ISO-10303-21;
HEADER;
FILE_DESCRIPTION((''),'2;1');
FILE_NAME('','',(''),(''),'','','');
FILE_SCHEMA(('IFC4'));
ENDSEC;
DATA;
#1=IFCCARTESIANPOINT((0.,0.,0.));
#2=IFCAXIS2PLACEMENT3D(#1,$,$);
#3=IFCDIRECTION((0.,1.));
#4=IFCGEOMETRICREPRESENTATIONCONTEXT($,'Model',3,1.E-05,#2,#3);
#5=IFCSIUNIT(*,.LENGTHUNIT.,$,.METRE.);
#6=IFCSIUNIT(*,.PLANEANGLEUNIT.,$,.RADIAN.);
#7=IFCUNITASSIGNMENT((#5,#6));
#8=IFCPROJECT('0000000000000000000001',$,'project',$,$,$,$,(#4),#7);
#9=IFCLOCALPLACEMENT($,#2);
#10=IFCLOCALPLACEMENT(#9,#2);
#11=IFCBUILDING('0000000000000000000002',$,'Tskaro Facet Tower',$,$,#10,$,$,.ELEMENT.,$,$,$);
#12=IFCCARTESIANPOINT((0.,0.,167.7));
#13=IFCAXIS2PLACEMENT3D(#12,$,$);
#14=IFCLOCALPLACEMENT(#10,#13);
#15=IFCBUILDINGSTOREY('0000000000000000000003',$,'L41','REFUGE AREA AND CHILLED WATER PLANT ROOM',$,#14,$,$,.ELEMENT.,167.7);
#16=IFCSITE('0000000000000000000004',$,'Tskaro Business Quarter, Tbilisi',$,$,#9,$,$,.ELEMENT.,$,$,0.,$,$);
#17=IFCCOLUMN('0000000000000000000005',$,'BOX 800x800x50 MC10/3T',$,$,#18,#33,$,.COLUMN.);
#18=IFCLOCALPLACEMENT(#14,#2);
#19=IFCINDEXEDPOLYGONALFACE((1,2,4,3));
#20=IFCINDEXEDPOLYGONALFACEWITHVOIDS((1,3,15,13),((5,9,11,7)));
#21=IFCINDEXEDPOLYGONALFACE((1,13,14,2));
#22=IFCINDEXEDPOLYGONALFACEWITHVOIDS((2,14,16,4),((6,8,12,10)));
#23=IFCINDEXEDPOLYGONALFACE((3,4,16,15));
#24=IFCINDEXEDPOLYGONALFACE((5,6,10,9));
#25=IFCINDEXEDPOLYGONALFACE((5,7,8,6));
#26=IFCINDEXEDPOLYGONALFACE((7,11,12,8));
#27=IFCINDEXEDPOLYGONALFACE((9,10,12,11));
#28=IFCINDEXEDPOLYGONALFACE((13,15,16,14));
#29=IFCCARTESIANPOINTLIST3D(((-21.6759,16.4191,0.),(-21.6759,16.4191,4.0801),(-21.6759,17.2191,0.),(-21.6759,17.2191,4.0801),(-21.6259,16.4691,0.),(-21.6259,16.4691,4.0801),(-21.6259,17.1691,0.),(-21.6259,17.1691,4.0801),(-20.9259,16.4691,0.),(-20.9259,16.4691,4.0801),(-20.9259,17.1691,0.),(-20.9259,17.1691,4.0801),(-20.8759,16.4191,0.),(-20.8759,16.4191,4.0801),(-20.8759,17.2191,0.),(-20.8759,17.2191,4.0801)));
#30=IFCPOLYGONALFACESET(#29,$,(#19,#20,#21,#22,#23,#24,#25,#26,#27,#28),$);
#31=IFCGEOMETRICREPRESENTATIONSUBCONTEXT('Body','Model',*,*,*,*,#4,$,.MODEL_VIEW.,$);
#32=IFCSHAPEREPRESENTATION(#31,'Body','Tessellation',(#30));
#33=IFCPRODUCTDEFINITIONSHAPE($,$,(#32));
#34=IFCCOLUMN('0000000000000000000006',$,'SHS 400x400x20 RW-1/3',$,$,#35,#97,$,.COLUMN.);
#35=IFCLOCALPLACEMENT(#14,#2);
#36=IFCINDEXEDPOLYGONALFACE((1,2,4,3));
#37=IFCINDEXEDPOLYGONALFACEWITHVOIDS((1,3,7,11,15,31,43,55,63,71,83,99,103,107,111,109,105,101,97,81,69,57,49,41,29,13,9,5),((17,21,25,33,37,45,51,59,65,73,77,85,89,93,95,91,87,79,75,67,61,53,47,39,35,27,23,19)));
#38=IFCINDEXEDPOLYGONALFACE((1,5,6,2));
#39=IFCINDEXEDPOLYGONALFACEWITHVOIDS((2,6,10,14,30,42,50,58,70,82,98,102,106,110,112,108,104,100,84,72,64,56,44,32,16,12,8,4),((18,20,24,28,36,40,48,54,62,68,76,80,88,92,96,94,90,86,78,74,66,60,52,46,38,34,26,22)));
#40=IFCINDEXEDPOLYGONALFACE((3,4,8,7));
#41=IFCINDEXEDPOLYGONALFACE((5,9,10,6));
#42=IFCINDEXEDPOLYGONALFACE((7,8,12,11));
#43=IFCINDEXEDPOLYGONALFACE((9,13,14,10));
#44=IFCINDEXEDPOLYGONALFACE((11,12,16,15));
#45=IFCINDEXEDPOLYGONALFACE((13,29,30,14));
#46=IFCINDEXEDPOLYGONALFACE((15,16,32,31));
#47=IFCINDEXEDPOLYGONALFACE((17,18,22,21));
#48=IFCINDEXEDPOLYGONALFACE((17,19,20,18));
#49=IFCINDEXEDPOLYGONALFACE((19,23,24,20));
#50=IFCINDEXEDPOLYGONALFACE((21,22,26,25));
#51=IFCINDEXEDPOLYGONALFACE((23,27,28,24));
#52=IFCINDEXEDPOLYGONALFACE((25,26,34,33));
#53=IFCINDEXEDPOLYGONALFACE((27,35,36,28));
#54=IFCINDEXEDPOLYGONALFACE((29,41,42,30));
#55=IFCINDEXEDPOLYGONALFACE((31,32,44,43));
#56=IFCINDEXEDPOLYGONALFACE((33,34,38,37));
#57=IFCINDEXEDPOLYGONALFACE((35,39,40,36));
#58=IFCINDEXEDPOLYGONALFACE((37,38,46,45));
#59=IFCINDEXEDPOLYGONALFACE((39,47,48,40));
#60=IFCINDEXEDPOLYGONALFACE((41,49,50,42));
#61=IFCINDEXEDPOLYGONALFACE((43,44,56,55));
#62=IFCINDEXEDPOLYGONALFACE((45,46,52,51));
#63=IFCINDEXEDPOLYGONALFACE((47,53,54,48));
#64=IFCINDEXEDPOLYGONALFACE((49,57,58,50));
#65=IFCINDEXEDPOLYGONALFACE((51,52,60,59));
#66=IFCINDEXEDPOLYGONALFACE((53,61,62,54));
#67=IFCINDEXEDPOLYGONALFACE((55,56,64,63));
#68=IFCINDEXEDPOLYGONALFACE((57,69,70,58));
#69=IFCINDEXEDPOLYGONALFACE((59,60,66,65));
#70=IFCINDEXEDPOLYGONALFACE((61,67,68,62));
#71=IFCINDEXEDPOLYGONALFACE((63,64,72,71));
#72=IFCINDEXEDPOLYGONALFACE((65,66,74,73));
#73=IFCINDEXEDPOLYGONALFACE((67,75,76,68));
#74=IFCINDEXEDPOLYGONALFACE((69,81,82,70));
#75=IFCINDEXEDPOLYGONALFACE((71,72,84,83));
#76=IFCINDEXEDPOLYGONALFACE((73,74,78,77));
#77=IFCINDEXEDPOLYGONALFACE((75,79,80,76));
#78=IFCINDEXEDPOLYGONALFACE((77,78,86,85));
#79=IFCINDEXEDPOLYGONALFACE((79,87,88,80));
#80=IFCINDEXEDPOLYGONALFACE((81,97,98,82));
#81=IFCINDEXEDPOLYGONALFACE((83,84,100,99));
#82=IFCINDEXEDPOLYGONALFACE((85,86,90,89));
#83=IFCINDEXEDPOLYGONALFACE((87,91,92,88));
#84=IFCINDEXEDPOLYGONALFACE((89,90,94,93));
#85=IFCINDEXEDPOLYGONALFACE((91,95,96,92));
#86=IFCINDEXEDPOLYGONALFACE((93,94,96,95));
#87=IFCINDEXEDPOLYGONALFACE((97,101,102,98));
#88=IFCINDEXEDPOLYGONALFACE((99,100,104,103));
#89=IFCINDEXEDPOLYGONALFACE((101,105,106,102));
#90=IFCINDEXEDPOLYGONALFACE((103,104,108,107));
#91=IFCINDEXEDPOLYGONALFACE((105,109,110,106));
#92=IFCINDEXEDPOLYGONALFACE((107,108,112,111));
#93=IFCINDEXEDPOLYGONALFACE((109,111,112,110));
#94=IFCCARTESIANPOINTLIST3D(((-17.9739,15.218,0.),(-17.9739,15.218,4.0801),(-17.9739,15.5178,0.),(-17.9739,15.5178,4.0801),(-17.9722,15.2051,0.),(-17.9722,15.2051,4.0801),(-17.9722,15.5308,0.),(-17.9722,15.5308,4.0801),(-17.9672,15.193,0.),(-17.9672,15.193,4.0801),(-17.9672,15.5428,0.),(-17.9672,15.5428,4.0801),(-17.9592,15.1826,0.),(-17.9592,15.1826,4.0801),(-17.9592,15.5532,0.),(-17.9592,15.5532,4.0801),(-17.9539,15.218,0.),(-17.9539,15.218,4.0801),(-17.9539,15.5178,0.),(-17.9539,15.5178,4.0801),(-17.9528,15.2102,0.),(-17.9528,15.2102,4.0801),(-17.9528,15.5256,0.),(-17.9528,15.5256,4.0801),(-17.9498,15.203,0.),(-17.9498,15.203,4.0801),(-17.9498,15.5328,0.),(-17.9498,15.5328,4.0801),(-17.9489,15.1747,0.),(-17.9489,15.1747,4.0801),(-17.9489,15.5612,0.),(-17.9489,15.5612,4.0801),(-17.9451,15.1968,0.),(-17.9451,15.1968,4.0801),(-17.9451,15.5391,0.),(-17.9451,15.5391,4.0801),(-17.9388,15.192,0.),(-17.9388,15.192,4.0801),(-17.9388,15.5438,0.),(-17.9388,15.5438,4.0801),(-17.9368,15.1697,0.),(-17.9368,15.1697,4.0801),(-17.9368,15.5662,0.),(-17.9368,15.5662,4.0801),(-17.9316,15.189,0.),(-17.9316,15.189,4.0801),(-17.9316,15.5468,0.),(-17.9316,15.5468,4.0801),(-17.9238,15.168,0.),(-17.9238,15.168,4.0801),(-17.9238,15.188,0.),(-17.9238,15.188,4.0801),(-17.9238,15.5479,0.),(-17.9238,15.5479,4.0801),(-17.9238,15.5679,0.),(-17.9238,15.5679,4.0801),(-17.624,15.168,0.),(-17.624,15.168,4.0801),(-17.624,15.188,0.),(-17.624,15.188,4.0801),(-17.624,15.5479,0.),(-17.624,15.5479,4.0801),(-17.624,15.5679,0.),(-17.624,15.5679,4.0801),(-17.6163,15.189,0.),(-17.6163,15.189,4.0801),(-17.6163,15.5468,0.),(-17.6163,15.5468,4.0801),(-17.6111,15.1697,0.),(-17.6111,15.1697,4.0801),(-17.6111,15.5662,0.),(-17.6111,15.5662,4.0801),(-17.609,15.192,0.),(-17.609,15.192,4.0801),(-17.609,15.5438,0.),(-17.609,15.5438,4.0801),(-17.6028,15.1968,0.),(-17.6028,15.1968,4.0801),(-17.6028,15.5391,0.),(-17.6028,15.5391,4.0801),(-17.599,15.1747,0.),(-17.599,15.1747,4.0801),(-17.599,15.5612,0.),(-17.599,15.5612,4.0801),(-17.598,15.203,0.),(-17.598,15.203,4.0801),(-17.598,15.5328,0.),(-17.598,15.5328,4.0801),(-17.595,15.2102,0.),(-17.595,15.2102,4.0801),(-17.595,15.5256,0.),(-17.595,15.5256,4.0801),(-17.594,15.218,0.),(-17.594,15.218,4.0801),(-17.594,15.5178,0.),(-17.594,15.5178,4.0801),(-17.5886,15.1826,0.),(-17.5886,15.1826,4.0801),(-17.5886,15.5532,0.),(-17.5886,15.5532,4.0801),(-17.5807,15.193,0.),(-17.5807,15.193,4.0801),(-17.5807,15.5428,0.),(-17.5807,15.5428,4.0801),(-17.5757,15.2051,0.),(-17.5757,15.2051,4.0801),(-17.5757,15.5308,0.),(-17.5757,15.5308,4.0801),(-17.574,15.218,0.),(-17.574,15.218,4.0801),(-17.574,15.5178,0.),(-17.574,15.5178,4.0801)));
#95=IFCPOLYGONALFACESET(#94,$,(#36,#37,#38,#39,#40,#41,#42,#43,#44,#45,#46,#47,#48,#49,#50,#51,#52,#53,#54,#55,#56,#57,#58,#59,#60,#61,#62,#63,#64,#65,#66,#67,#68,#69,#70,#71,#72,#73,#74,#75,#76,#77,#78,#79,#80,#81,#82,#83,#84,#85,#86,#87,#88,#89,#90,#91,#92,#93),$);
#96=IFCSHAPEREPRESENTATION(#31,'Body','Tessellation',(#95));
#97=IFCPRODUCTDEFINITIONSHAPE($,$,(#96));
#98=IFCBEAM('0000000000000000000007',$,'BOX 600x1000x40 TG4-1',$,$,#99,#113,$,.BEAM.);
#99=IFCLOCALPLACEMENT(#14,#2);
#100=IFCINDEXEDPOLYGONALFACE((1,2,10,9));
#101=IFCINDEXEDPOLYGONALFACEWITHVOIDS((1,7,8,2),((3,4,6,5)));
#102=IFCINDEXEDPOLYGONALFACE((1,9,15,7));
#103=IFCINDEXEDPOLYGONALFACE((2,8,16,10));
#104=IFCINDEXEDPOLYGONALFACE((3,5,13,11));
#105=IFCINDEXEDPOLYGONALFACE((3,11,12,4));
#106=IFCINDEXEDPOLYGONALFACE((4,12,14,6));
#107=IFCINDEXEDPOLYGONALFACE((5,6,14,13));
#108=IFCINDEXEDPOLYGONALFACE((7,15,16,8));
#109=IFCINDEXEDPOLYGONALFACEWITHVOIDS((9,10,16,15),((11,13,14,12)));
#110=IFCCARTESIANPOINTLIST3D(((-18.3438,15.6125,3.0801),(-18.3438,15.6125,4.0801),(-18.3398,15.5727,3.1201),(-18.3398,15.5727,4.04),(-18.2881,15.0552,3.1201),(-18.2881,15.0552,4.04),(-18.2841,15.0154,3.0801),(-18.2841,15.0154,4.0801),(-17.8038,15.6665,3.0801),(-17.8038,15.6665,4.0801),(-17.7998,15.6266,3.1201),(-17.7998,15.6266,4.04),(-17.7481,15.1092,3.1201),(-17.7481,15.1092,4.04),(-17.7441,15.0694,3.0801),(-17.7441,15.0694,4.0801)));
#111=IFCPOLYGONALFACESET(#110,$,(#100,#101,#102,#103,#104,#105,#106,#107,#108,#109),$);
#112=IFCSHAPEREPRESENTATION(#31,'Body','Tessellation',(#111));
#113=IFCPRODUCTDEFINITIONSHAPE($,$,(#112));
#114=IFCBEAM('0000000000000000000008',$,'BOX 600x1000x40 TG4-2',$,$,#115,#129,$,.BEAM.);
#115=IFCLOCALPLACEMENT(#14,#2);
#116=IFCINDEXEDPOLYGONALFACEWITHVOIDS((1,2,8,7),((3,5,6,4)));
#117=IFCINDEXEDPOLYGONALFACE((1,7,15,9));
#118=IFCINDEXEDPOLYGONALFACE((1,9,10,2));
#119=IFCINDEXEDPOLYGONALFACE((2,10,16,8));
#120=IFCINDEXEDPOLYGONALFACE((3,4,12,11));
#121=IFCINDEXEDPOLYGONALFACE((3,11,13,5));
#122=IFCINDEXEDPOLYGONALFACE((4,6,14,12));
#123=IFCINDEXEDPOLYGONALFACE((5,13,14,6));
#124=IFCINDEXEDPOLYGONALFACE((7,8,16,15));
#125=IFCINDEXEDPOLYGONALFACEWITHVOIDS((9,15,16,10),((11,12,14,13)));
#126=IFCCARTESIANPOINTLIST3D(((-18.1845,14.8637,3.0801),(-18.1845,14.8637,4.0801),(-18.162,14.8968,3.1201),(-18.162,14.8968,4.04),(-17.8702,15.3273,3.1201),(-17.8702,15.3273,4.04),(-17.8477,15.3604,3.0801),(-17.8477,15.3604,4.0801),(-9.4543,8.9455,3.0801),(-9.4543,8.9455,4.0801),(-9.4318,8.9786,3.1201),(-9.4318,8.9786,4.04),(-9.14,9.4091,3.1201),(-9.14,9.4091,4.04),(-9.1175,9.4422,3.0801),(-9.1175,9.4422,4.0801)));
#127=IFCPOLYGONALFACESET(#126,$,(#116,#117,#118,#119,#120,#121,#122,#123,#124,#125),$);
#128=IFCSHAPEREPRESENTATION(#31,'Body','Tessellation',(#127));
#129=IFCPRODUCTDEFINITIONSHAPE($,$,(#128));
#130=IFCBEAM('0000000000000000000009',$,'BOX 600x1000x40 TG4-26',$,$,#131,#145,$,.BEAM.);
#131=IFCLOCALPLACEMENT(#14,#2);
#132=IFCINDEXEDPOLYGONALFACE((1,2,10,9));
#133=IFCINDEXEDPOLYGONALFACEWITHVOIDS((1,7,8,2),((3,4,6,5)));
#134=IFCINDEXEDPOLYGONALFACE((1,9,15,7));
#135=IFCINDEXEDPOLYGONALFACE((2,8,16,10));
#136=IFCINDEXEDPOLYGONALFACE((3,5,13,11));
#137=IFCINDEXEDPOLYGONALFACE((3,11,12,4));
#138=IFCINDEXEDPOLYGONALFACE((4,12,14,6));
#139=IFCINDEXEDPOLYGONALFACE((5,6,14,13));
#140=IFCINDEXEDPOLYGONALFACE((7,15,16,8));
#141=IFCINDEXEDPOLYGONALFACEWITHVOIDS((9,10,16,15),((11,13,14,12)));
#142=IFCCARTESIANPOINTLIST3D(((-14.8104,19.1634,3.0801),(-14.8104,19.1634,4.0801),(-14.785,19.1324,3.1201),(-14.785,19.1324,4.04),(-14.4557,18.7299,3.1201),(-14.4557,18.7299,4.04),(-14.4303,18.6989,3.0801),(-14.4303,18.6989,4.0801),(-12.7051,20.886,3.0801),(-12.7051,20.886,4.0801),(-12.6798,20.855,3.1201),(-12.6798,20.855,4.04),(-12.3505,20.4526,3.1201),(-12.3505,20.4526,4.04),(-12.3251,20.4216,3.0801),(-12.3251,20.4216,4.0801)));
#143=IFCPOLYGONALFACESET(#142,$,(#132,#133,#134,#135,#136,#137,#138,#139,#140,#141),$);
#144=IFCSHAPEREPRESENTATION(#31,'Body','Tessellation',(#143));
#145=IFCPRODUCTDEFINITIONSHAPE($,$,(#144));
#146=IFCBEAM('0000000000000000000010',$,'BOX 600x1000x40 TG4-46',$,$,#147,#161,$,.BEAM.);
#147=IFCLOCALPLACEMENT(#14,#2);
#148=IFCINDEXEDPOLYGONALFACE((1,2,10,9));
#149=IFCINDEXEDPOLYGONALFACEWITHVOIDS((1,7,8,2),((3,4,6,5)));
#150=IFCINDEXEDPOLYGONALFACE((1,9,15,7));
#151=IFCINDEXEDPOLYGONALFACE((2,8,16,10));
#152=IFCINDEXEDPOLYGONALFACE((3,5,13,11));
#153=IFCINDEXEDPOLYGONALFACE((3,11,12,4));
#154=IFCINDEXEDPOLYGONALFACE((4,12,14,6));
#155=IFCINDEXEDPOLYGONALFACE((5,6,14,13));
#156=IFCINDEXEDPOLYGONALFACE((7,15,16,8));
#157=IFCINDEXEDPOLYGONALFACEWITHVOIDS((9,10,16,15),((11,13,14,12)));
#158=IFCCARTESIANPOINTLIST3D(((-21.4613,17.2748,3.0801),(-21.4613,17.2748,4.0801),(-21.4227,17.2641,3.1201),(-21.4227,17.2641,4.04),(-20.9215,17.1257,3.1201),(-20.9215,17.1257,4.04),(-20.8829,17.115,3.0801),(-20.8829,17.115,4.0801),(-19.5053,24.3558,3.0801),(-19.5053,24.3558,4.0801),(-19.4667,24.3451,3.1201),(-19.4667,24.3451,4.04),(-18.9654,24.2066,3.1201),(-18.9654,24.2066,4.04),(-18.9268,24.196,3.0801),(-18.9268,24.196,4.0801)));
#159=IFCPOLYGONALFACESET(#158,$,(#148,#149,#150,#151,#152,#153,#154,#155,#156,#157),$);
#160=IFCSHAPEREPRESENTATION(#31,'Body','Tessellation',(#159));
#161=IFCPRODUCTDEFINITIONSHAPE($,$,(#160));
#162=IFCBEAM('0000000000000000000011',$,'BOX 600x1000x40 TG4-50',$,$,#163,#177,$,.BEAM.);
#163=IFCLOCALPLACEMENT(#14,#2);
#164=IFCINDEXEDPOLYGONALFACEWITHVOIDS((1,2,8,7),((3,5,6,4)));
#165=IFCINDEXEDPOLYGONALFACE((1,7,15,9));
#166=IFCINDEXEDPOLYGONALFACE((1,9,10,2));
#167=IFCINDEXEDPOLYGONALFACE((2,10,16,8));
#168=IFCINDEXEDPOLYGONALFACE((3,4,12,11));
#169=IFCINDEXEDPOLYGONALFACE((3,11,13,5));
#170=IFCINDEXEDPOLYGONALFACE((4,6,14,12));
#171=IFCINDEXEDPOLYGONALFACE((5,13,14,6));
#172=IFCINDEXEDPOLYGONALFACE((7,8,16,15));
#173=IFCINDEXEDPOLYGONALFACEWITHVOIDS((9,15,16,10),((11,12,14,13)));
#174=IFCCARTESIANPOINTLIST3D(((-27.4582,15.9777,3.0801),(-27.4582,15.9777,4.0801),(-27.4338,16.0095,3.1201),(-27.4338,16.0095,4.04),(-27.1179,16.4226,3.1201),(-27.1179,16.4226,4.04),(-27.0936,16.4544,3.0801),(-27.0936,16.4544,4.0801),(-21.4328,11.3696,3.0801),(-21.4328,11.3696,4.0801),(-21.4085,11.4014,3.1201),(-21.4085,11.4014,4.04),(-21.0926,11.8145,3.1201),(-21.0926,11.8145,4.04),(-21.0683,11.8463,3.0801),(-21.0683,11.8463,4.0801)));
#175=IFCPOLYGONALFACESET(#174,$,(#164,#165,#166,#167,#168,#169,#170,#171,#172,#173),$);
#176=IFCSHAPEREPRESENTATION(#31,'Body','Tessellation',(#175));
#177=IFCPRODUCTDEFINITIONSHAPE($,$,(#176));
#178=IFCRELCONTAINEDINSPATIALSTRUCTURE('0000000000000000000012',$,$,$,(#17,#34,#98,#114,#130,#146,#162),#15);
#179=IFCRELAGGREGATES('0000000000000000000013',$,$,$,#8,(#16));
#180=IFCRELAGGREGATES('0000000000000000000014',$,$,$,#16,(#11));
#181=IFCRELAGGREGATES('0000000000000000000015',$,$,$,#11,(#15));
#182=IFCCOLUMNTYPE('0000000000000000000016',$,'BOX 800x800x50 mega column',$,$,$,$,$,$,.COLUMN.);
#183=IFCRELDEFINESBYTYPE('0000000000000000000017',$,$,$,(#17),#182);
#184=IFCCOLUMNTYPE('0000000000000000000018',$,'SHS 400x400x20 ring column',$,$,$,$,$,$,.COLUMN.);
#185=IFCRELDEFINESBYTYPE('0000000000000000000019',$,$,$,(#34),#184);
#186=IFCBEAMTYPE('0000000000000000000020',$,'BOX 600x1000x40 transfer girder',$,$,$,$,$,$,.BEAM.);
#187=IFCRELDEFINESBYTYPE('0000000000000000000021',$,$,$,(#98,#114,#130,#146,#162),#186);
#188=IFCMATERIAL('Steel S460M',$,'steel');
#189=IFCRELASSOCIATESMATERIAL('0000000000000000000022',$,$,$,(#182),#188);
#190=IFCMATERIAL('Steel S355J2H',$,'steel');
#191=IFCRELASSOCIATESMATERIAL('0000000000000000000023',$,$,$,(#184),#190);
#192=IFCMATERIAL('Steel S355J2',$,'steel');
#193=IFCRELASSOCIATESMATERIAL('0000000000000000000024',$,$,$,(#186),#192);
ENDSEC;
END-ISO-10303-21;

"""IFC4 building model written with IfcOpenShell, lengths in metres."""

from ifc_helpers import new_model, si_unit, direction, frame, origin, origin_2d, place, context, subcontext, project, spatial, hollow_rectangle, extrude, material, material_profile, profile_set, type_object, element, save


model = new_model("IFC4")

# Units and contexts
model_context = context("Model", 3, precision=1e-05, world=origin(), true_north=direction((0.0, 1.0)))
body_context = subcontext(model_context, "Body", "Model", "MODEL_VIEW")
ifc_project = project(units=[si_unit("LENGTHUNIT", "METRE"), si_unit("PLANEANGLEUNIT", "RADIAN")], contexts=[model_context])

# Site, building, storey
site_placement = place(None, origin())
site = spatial("IfcSite", under=ifc_project, at=site_placement, Name="Tskaro Business Quarter, Tbilisi", CompositionType="ELEMENT", RefElevation=0.0)
building_placement = place(site_placement, origin())
building = spatial("IfcBuilding", under=site, at=building_placement, Name="Tskaro Facet Tower", CompositionType="ELEMENT")
storey_placement = place(building_placement, frame((0.0, 0.0, 167.7)))
storey = spatial("IfcBuildingStorey", under=building, at=storey_placement, Name="L41", Description="REFUGE AREA AND CHILLED WATER PLANT ROOM", CompositionType="ELEMENT", Elevation=167.7)

# Columns
ifc_material_1 = material(Name="Steel S460M", Category="steel")
ifc_material_profile_1 = material_profile(ifc_material_1, hollow_rectangle(XDim=0.8, YDim=0.8, WallThickness=0.05, at=origin_2d()), Name="BOX 800x800x50")
ifc_profile_set_1 = profile_set([ifc_material_profile_1], Name="Steel S460M")
column_type_1 = type_object("IfcColumnType", Name="BOX 800x800x50 mega column", PredefinedType="COLUMN", material=ifc_profile_set_1)
column_1_placement = place(storey_placement, frame((-21.2759, 16.8191, 0.0), z_axis=(0.0, 0.0, 1.0), x_axis=(1.0, 0.0, 0.0)))
element("IfcColumn", 1, at=column_1_placement, inside=storey, type_object=column_type_1, Name="BOX 800x800x50 MC10/3T", PredefinedType="COLUMN", context=body_context, shape_type="SweptSolid", body=[
    extrude(hollow_rectangle(XDim=0.8, YDim=0.8, WallThickness=0.05, at=origin_2d()), origin(), (0.0, 0.0, 1.0), 4.0801),
])
ifc_material_2 = material(Name="Steel S355J2H", Category="steel")
ifc_material_profile_2 = material_profile(ifc_material_2, hollow_rectangle(XDim=0.3999, YDim=0.3999, WallThickness=0.02, InnerFilletRadius=0.03, OuterFilletRadius=0.05, at=origin_2d()), Name="SHS 400x400x20")
ifc_profile_set_2 = profile_set([ifc_material_profile_2], Name="Steel S355J2H")
column_type_2 = type_object("IfcColumnType", Name="SHS 400x400x20 ring column", PredefinedType="COLUMN", material=ifc_profile_set_2)
column_2_placement = place(storey_placement, frame((-17.7739, 15.3679, 0.0), z_axis=(0.0, 0.0, 1.0), x_axis=(1.0, 0.0, 0.0)))
element("IfcColumn", 2, at=column_2_placement, inside=storey, type_object=column_type_2, Name="SHS 400x400x20 RW-1/3", PredefinedType="COLUMN", context=body_context, shape_type="SweptSolid", body=[
    extrude(hollow_rectangle(XDim=0.3999, YDim=0.3999, WallThickness=0.02, InnerFilletRadius=0.03, OuterFilletRadius=0.05, at=origin_2d()), origin(), (0.0, 0.0, 1.0), 4.0801),
])

# Beams
ifc_material_3 = material(Name="Steel S355J2", Category="steel")
ifc_material_profile_3 = material_profile(ifc_material_3, hollow_rectangle(XDim=0.6001, YDim=1.0, WallThickness=0.04, at=origin_2d()), Name="BOX 600x1000x40")
ifc_profile_set_3 = profile_set([ifc_material_profile_3], Name="Steel S355J2")
beam_type_1 = type_object("IfcBeamType", Name="BOX 600x1000x40 transfer girder", PredefinedType="BEAM", material=ifc_profile_set_3)
beam_1_placement = place(storey_placement, frame((-18.314, 15.314, 3.5801), z_axis=(0.995046, 0.099415, 0.0), x_axis=(-0.099415, 0.995046, 0.0)))
element("IfcBeam", 3, at=beam_1_placement, inside=storey, type_object=beam_type_1, Name="BOX 600x1000x40 TG4-1", PredefinedType="BEAM", context=body_context, shape_type="SweptSolid", body=[
    extrude(hollow_rectangle(XDim=0.6001, YDim=1.0, WallThickness=0.04, at=origin_2d()), origin(), (0.0, 0.0, 1.0), 0.5427),
])
beam_2_placement = place(storey_placement, frame((-18.0161, 15.1121, 3.5801), z_axis=(0.827734, -0.56112, 0.0), x_axis=(0.56112, 0.827734, 0.0)))
element("IfcBeam", 4, at=beam_2_placement, inside=storey, type_object=beam_type_1, Name="BOX 600x1000x40 TG4-2", PredefinedType="BEAM", context=body_context, shape_type="SweptSolid", body=[
    extrude(hollow_rectangle(XDim=0.6001, YDim=1.0, WallThickness=0.04, at=origin_2d()), origin(), (0.0, 0.0, 1.0), 10.5471),
])
beam_3_placement = place(storey_placement, frame((-14.6204, 18.9312, 3.5801), z_axis=(0.773921, 0.633282, 0.0), x_axis=(-0.633282, 0.773921, 0.0)))
element("IfcBeam", 5, at=beam_3_placement, inside=storey, type_object=beam_type_1, Name="BOX 600x1000x40 TG4-26", PredefinedType="BEAM", context=body_context, shape_type="SweptSolid", body=[
    extrude(hollow_rectangle(XDim=0.6001, YDim=1.0, WallThickness=0.04, at=origin_2d()), origin(), (0.0, 0.0, 1.0), 2.7202),
])
beam_4_placement = place(storey_placement, frame((-19.2161, 24.2759, 3.5801), z_axis=(-0.266266, -0.9639, 0.0), x_axis=(0.9639, -0.266266, 0.0)))
element("IfcBeam", 6, at=beam_4_placement, inside=storey, type_object=beam_type_1, Name="BOX 600x1000x40 TG4-46", PredefinedType="BEAM", context=body_context, shape_type="SweptSolid", body=[
    extrude(hollow_rectangle(XDim=0.6001, YDim=1.0, WallThickness=0.04, at=origin_2d()), origin(), (0.0, 0.0, 1.0), 7.3462),
])
beam_5_placement = place(storey_placement, frame((-27.2759, 16.2161, 3.5801), z_axis=(0.794326, -0.607492, 0.0), x_axis=(0.607492, 0.794326, 0.0)))
element("IfcBeam", 7, at=beam_5_placement, inside=storey, type_object=beam_type_1, Name="BOX 600x1000x40 TG4-50", PredefinedType="BEAM", context=body_context, shape_type="SweptSolid", body=[
    extrude(hollow_rectangle(XDim=0.6001, YDim=1.0, WallThickness=0.04, at=origin_2d()), origin(), (0.0, 0.0, 1.0), 7.5854),
])

save(model, "model.ifc")
